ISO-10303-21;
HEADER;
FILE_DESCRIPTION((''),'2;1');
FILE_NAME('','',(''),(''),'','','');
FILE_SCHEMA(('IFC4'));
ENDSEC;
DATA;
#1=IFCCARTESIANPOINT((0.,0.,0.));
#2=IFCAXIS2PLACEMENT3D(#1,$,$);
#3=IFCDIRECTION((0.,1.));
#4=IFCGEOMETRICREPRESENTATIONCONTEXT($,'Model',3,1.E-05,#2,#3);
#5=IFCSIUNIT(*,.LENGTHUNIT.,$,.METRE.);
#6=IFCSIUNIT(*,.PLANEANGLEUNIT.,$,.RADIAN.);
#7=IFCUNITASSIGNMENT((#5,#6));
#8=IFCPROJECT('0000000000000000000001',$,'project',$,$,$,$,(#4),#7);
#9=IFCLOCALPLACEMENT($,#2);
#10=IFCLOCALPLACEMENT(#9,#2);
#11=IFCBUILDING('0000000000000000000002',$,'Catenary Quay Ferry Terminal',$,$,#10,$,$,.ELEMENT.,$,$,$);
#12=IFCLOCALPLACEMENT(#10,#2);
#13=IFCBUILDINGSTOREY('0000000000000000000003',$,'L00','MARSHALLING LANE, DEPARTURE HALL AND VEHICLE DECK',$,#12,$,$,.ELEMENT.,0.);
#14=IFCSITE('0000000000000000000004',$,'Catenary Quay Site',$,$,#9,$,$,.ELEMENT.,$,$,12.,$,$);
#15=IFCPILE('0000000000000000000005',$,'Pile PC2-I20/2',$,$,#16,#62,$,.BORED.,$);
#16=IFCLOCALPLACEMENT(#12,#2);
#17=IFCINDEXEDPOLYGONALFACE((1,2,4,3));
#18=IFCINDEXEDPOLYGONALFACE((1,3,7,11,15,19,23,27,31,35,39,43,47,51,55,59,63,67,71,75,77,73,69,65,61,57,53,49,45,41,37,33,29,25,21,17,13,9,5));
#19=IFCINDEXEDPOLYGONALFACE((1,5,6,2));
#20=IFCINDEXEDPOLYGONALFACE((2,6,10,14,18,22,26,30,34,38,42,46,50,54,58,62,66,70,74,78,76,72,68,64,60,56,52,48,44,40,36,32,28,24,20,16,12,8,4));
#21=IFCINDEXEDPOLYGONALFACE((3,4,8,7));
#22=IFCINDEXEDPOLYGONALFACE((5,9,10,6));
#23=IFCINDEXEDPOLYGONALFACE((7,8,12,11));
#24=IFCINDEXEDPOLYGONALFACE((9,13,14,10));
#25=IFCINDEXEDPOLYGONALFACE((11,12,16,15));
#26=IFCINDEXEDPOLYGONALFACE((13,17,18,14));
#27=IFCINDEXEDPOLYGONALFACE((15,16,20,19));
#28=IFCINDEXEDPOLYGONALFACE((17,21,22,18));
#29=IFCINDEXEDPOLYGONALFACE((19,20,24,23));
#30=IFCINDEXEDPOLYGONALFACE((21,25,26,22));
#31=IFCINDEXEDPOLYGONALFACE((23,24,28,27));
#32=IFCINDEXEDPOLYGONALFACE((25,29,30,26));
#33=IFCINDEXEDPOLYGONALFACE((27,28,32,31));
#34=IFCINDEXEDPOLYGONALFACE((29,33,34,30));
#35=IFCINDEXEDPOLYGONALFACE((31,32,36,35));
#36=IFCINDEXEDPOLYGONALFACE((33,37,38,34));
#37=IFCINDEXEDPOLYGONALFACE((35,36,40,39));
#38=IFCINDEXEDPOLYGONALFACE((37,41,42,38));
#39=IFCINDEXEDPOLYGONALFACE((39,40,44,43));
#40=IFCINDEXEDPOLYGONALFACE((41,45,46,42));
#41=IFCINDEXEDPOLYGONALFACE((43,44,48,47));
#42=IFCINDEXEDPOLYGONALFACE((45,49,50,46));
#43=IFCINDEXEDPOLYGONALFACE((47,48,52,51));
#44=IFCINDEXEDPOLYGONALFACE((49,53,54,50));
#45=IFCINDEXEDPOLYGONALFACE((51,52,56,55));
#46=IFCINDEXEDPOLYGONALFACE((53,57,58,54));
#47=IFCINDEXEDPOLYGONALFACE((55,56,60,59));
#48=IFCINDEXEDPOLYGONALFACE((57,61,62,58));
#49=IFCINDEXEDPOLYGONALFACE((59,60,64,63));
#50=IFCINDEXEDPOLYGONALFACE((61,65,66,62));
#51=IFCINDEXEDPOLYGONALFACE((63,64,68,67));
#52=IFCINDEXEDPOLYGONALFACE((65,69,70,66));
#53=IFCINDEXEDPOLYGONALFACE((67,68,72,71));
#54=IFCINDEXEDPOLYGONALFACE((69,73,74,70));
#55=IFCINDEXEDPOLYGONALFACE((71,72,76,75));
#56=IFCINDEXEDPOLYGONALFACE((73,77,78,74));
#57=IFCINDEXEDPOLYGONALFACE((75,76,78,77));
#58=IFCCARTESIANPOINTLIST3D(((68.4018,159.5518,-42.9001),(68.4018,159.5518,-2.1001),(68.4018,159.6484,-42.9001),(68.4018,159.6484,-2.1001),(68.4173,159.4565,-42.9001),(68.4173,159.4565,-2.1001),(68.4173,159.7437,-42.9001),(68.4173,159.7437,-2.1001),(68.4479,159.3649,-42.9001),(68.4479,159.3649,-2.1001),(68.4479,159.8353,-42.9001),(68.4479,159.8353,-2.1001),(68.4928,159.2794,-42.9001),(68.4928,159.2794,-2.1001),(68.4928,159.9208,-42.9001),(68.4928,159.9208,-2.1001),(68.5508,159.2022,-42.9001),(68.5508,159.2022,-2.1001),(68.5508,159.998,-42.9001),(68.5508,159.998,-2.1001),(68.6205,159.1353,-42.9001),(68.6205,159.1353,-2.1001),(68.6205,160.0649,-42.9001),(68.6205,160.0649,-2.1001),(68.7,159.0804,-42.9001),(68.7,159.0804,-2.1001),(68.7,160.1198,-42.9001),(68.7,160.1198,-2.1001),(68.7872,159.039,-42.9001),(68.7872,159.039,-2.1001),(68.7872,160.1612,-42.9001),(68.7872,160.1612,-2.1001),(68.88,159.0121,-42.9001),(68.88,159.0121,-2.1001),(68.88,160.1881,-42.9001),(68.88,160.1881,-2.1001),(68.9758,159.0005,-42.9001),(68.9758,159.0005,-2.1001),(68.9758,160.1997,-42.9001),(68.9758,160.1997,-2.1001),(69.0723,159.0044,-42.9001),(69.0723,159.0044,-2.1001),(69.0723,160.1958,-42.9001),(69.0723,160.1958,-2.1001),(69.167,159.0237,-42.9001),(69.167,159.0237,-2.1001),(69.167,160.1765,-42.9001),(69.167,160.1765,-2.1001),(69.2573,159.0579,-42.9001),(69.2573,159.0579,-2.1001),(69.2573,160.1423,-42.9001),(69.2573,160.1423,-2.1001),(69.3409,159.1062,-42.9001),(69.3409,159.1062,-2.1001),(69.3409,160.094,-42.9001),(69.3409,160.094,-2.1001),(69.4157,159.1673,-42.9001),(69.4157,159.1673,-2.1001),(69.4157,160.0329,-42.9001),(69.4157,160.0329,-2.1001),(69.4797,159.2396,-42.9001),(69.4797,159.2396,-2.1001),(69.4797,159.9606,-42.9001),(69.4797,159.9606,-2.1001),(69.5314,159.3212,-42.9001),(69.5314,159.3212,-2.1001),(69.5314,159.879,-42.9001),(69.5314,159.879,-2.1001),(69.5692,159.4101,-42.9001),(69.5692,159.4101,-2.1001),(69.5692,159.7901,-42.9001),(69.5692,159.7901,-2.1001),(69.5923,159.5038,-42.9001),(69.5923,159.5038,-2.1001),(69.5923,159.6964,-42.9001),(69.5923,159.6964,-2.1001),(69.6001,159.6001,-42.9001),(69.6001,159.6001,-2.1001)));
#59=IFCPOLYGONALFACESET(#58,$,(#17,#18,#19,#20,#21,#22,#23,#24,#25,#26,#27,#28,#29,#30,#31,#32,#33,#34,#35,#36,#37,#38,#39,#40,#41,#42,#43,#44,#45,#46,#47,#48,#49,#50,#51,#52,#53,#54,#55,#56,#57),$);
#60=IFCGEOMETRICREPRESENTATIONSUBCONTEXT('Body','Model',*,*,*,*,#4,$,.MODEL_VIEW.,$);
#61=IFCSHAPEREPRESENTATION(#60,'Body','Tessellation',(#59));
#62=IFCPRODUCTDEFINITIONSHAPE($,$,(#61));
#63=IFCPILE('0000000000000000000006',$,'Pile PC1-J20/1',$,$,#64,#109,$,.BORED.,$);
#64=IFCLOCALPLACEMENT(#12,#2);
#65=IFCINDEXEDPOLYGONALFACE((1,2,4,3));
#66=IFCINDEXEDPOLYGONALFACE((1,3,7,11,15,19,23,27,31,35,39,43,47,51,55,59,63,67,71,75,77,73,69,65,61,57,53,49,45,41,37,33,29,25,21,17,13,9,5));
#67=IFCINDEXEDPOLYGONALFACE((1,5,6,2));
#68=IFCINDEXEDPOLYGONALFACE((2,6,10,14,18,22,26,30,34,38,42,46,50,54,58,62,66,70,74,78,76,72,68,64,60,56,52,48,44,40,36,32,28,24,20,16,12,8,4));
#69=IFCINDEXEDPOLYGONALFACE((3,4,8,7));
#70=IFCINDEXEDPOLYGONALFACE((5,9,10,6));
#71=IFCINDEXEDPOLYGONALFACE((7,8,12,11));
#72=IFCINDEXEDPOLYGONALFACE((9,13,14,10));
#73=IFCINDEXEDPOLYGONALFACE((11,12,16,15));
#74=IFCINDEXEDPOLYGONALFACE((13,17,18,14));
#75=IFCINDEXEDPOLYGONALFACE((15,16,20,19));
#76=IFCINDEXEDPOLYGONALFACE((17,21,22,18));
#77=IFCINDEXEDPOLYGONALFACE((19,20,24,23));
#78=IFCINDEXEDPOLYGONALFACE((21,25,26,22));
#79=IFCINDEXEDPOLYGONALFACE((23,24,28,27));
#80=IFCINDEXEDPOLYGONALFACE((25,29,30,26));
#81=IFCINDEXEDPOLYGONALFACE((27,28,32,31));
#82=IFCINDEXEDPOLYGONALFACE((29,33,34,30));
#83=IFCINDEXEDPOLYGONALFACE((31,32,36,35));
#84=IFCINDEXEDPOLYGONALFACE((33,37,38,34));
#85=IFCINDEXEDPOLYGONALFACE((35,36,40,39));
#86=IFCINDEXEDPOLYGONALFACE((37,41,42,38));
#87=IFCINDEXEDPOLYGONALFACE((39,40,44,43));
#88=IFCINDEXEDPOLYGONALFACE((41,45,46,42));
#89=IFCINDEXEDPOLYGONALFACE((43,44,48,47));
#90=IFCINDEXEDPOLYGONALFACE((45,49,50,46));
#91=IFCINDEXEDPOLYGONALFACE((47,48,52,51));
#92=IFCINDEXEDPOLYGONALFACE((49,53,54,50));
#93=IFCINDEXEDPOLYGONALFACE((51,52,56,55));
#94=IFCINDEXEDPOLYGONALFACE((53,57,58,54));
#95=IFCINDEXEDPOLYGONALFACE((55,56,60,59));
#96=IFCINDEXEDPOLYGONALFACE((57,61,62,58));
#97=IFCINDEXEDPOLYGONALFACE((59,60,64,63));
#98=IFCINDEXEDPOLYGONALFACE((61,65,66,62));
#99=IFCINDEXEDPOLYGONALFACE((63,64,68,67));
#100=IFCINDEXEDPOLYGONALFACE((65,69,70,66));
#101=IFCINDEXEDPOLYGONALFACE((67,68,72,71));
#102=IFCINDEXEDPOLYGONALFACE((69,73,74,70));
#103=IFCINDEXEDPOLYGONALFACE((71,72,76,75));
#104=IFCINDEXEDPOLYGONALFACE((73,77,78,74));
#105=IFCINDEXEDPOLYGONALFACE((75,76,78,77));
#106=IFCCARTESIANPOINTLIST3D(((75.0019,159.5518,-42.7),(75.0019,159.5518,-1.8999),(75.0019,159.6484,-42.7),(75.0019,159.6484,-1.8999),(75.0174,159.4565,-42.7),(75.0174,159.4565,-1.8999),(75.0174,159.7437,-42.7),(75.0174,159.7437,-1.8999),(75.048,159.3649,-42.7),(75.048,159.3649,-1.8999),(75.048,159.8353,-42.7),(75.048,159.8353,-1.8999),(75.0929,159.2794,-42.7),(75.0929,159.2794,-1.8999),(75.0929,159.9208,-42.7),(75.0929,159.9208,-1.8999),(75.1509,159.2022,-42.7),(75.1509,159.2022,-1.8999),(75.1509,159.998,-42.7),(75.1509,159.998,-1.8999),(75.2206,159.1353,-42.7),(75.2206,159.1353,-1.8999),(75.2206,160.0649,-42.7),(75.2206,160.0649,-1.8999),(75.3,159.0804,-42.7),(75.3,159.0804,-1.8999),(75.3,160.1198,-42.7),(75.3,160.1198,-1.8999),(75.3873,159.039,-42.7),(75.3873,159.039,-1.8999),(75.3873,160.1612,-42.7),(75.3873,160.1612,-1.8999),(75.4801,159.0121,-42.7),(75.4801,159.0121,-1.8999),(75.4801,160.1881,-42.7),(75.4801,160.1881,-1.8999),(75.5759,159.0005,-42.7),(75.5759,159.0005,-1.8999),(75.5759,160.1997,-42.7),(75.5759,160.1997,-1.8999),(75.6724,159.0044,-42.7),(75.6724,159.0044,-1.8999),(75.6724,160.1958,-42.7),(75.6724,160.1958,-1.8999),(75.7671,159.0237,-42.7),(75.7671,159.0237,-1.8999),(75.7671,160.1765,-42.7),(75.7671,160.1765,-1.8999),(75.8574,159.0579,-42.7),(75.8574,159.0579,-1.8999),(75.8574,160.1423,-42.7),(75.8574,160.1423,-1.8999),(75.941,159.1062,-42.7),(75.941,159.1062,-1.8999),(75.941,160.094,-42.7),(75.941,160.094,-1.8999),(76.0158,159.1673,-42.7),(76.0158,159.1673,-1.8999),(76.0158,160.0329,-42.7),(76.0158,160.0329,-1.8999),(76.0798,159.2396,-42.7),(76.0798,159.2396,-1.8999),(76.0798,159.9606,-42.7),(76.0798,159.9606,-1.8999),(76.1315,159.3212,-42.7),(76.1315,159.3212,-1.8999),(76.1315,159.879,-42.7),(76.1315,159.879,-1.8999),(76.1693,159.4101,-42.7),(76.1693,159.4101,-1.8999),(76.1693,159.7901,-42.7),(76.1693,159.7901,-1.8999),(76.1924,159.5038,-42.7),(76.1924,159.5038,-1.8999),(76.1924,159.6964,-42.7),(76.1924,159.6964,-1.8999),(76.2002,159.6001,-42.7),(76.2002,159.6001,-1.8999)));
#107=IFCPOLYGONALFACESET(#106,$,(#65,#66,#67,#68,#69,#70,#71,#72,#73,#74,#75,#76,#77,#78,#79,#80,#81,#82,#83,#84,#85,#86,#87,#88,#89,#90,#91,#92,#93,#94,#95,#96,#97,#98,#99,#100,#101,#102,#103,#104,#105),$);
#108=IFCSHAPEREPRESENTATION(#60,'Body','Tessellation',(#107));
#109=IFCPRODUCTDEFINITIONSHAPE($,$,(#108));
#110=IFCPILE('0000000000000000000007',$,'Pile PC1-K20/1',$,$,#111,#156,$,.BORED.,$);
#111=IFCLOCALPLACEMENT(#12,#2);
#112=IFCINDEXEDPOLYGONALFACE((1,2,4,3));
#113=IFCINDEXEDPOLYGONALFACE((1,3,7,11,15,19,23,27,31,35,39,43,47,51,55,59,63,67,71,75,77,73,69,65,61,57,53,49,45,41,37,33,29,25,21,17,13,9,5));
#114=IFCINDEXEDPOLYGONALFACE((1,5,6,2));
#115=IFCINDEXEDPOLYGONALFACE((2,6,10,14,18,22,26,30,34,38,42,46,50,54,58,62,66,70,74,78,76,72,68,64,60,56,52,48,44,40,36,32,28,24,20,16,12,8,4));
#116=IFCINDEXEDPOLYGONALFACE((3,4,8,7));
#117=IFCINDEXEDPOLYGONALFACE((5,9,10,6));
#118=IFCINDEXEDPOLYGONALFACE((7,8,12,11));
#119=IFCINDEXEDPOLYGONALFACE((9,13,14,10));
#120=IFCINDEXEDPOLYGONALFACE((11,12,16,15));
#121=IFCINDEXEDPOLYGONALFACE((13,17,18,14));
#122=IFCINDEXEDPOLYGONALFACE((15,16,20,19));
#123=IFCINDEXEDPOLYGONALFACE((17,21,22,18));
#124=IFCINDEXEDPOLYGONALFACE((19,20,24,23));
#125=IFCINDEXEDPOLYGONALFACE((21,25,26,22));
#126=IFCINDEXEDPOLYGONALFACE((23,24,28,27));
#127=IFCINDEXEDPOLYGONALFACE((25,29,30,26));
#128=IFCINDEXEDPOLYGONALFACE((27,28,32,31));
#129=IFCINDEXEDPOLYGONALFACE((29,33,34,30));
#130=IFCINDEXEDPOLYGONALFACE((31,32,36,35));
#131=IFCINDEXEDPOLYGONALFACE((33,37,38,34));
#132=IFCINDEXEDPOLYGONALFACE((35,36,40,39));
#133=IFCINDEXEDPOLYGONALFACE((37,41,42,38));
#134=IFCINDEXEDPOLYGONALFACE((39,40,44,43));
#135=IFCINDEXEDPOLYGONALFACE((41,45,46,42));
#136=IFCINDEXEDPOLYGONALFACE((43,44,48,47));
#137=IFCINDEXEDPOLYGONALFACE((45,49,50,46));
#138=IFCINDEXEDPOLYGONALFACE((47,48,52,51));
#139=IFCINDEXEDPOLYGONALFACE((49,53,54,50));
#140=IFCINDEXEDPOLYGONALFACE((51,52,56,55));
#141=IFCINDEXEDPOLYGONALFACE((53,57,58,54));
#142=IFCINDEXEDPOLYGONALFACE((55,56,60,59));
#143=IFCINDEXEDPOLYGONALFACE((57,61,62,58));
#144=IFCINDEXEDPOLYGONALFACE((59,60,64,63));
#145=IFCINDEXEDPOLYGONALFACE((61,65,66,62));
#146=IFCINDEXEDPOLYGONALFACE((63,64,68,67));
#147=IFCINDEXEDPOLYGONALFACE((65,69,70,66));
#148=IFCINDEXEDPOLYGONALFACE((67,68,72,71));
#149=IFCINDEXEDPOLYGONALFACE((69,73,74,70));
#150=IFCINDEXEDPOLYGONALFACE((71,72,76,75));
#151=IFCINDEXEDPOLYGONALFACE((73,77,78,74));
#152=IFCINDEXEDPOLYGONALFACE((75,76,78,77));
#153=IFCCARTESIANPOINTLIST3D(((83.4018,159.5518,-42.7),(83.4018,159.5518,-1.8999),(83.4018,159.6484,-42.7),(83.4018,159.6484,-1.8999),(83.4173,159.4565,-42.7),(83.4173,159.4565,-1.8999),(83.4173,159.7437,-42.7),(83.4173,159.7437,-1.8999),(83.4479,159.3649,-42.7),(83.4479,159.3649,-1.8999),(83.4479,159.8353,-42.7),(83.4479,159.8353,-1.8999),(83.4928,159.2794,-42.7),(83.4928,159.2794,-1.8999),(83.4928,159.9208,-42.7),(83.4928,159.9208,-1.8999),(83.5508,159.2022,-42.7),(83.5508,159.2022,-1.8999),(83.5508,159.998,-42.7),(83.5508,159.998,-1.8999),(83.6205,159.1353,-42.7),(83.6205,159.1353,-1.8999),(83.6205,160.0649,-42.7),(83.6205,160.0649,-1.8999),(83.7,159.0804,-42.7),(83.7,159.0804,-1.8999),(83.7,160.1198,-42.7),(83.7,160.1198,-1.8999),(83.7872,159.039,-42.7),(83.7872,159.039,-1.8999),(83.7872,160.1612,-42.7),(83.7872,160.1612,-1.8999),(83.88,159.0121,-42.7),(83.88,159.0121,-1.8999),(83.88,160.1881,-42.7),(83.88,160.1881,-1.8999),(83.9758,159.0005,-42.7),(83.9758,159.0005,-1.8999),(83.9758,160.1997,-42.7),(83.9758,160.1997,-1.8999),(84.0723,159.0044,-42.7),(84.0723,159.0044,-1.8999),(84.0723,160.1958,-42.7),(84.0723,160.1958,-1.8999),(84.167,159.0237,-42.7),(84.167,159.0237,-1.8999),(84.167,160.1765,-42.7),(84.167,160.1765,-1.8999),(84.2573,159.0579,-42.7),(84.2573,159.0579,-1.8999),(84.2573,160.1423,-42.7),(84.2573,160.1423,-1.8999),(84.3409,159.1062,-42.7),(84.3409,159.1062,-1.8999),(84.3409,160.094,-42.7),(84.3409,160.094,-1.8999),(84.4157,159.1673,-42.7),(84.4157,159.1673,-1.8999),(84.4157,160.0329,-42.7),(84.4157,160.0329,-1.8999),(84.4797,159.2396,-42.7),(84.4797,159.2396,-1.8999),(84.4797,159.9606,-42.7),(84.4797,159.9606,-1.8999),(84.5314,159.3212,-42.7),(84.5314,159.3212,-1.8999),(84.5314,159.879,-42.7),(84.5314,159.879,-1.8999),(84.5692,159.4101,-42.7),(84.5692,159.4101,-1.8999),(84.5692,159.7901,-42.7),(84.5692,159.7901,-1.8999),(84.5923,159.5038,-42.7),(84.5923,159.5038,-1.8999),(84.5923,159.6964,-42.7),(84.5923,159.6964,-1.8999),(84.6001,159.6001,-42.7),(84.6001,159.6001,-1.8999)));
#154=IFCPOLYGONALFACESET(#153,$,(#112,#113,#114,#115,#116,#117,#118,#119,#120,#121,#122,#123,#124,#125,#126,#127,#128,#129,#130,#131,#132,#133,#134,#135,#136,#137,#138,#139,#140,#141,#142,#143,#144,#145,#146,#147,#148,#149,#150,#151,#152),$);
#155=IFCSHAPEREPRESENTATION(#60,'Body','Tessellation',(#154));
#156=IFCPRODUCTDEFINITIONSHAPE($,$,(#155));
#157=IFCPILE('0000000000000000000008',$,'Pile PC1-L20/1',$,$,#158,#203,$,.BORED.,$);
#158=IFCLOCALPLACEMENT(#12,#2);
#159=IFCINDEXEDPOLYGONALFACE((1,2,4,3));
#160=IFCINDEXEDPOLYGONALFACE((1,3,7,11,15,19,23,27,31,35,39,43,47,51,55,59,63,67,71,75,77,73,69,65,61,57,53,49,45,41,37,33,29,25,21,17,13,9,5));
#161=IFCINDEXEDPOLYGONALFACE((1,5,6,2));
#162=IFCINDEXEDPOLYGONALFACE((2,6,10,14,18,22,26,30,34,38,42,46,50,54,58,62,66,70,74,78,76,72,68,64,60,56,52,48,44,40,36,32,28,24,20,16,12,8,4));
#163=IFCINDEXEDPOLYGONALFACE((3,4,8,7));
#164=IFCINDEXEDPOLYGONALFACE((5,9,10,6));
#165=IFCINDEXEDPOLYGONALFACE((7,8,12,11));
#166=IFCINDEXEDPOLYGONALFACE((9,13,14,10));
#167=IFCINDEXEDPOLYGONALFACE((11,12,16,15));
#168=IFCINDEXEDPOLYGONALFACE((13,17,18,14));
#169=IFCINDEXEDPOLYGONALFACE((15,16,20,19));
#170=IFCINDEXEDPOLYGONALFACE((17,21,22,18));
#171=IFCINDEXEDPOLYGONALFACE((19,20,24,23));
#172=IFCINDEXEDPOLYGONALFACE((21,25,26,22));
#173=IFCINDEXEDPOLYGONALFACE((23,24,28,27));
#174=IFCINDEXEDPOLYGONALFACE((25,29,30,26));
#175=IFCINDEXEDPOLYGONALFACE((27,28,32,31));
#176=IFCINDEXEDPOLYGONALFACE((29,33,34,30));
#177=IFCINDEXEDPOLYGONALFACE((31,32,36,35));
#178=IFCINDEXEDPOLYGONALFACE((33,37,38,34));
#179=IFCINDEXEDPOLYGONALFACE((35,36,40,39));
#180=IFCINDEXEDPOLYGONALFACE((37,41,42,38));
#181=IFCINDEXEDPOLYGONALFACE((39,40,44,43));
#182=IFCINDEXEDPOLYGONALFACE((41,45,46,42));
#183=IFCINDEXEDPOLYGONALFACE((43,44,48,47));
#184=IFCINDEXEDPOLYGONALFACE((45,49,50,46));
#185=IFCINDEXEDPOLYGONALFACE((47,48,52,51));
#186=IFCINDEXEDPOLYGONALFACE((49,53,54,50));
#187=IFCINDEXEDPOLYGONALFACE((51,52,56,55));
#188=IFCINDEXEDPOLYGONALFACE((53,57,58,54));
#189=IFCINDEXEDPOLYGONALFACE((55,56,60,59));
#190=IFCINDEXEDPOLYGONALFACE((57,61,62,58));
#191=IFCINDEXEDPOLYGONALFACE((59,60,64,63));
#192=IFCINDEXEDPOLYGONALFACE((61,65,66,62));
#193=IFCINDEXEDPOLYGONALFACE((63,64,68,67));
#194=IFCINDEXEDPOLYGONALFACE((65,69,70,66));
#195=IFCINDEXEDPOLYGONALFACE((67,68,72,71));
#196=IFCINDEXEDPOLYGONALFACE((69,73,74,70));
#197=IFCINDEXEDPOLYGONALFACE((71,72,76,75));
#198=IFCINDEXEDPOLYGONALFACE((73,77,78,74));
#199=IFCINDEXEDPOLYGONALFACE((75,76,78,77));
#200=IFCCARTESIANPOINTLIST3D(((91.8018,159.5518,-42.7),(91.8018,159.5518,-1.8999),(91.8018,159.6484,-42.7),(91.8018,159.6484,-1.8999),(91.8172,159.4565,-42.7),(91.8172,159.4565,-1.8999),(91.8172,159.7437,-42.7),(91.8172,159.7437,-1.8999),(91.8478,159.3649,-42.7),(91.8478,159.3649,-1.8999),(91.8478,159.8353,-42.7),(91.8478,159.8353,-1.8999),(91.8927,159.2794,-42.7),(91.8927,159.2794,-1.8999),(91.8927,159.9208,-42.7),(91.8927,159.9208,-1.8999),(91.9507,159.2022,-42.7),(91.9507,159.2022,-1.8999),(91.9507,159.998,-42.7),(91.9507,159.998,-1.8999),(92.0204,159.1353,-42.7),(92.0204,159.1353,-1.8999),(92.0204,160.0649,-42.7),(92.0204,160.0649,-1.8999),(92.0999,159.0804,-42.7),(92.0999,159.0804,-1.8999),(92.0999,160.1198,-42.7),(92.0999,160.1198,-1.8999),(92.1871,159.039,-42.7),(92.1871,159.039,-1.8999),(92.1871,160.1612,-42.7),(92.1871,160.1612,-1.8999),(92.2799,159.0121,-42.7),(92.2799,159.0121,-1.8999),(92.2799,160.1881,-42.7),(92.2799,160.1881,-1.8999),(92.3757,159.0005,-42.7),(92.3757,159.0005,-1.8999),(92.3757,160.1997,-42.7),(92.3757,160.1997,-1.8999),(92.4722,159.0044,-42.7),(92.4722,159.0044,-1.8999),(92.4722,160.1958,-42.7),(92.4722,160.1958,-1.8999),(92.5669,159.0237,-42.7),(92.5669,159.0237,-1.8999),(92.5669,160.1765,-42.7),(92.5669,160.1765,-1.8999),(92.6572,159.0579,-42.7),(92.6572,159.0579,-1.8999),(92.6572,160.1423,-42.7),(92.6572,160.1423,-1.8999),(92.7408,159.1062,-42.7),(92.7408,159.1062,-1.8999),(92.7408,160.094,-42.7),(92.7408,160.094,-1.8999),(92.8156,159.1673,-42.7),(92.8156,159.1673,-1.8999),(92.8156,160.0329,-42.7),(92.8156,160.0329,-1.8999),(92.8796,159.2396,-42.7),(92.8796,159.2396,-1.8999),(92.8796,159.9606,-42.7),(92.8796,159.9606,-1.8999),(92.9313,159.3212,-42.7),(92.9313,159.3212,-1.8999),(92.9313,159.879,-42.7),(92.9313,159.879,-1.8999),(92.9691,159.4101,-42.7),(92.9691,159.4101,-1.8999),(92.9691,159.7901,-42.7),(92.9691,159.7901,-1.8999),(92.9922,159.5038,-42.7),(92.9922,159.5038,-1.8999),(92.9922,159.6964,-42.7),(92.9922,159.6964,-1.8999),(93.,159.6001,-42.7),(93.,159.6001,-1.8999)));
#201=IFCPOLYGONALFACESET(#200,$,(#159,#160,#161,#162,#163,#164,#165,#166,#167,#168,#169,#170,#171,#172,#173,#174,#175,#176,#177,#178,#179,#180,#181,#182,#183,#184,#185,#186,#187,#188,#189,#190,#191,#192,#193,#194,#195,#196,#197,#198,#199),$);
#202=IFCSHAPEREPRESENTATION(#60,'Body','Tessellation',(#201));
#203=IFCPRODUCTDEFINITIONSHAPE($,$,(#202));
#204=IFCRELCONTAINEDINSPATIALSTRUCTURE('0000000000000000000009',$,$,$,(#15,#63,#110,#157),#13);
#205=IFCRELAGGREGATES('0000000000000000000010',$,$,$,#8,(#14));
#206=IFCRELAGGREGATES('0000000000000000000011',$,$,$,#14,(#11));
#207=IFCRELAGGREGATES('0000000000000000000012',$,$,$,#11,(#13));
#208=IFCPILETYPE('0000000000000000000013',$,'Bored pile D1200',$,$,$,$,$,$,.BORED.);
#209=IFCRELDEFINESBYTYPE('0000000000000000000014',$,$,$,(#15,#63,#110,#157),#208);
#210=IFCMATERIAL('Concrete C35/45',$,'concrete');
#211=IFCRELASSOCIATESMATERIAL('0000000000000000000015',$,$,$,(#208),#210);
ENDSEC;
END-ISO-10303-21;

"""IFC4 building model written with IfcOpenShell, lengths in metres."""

from ifc_helpers import new_model, si_unit, direction, frame, origin, origin_2d, place, context, subcontext, project, spatial, circle, extrude, material, material_profile, profile_set, type_object, element, save


model = new_model("IFC4")

# Units and contexts
model_context = context("Model", 3, precision=1e-05, world=origin(), true_north=direction((0.0, 1.0)))
body_context = subcontext(model_context, "Body", "Model", "MODEL_VIEW")
ifc_project = project(units=[si_unit("LENGTHUNIT", "METRE"), si_unit("PLANEANGLEUNIT", "RADIAN")], contexts=[model_context])

# Site, building, storey
site_placement = place(None, origin())
site = spatial("IfcSite", under=ifc_project, at=site_placement, Name="Catenary Quay Site", CompositionType="ELEMENT", RefElevation=12.0)
building_placement = place(site_placement, origin())
building = spatial("IfcBuilding", under=site, at=building_placement, Name="Catenary Quay Ferry Terminal", CompositionType="ELEMENT")
storey_placement = place(building_placement, origin())
storey = spatial("IfcBuildingStorey", under=building, at=storey_placement, Name="L00", Description="MARSHALLING LANE, DEPARTURE HALL AND VEHICLE DECK", CompositionType="ELEMENT", Elevation=0.0)

# Piles
ifc_material_1 = material(Name="Concrete C35/45", Category="concrete")
ifc_material_profile = material_profile(ifc_material_1, circle(Radius=0.6001, at=origin_2d()), Name="D1200")
ifc_profile_set = profile_set([ifc_material_profile], Name="Concrete C35/45")
pile_type = type_object("IfcPileType", Name="Bored pile D1200", PredefinedType="BORED", material=ifc_profile_set)
for number, where, z_axis, x_axis, name in (
    (1, (69.0, 159.6001, -2.1001), (0.0, 0.0, -1.0), (1.0, 0.0, 0.0), "Pile PC2-I20/2"),
    (2, (75.6001, 159.6001, -1.8999), (0.0, 0.0, -1.0), (1.0, 0.0, 0.0), "Pile PC1-J20/1"),
    (3, (84.0, 159.6001, -1.8999), (0.0, 0.0, -1.0), (1.0, 0.0, 0.0), "Pile PC1-K20/1"),
    (4, (92.3999, 159.6001, -1.8999), (0.0, 0.0, -1.0), (1.0, 0.0, 0.0), "Pile PC1-L20/1"),
):
    element("IfcPile", number, at=place(storey_placement, frame(where, z_axis=z_axis, x_axis=x_axis)), inside=storey, type_object=pile_type, Name=name, PredefinedType="BORED", context=body_context, shape_type="SweptSolid", body=[
        extrude(circle(Radius=0.6001, at=origin_2d()), origin(), (0.0, 0.0, 1.0), 40.8),
    ])

save(model, "model.ifc")
